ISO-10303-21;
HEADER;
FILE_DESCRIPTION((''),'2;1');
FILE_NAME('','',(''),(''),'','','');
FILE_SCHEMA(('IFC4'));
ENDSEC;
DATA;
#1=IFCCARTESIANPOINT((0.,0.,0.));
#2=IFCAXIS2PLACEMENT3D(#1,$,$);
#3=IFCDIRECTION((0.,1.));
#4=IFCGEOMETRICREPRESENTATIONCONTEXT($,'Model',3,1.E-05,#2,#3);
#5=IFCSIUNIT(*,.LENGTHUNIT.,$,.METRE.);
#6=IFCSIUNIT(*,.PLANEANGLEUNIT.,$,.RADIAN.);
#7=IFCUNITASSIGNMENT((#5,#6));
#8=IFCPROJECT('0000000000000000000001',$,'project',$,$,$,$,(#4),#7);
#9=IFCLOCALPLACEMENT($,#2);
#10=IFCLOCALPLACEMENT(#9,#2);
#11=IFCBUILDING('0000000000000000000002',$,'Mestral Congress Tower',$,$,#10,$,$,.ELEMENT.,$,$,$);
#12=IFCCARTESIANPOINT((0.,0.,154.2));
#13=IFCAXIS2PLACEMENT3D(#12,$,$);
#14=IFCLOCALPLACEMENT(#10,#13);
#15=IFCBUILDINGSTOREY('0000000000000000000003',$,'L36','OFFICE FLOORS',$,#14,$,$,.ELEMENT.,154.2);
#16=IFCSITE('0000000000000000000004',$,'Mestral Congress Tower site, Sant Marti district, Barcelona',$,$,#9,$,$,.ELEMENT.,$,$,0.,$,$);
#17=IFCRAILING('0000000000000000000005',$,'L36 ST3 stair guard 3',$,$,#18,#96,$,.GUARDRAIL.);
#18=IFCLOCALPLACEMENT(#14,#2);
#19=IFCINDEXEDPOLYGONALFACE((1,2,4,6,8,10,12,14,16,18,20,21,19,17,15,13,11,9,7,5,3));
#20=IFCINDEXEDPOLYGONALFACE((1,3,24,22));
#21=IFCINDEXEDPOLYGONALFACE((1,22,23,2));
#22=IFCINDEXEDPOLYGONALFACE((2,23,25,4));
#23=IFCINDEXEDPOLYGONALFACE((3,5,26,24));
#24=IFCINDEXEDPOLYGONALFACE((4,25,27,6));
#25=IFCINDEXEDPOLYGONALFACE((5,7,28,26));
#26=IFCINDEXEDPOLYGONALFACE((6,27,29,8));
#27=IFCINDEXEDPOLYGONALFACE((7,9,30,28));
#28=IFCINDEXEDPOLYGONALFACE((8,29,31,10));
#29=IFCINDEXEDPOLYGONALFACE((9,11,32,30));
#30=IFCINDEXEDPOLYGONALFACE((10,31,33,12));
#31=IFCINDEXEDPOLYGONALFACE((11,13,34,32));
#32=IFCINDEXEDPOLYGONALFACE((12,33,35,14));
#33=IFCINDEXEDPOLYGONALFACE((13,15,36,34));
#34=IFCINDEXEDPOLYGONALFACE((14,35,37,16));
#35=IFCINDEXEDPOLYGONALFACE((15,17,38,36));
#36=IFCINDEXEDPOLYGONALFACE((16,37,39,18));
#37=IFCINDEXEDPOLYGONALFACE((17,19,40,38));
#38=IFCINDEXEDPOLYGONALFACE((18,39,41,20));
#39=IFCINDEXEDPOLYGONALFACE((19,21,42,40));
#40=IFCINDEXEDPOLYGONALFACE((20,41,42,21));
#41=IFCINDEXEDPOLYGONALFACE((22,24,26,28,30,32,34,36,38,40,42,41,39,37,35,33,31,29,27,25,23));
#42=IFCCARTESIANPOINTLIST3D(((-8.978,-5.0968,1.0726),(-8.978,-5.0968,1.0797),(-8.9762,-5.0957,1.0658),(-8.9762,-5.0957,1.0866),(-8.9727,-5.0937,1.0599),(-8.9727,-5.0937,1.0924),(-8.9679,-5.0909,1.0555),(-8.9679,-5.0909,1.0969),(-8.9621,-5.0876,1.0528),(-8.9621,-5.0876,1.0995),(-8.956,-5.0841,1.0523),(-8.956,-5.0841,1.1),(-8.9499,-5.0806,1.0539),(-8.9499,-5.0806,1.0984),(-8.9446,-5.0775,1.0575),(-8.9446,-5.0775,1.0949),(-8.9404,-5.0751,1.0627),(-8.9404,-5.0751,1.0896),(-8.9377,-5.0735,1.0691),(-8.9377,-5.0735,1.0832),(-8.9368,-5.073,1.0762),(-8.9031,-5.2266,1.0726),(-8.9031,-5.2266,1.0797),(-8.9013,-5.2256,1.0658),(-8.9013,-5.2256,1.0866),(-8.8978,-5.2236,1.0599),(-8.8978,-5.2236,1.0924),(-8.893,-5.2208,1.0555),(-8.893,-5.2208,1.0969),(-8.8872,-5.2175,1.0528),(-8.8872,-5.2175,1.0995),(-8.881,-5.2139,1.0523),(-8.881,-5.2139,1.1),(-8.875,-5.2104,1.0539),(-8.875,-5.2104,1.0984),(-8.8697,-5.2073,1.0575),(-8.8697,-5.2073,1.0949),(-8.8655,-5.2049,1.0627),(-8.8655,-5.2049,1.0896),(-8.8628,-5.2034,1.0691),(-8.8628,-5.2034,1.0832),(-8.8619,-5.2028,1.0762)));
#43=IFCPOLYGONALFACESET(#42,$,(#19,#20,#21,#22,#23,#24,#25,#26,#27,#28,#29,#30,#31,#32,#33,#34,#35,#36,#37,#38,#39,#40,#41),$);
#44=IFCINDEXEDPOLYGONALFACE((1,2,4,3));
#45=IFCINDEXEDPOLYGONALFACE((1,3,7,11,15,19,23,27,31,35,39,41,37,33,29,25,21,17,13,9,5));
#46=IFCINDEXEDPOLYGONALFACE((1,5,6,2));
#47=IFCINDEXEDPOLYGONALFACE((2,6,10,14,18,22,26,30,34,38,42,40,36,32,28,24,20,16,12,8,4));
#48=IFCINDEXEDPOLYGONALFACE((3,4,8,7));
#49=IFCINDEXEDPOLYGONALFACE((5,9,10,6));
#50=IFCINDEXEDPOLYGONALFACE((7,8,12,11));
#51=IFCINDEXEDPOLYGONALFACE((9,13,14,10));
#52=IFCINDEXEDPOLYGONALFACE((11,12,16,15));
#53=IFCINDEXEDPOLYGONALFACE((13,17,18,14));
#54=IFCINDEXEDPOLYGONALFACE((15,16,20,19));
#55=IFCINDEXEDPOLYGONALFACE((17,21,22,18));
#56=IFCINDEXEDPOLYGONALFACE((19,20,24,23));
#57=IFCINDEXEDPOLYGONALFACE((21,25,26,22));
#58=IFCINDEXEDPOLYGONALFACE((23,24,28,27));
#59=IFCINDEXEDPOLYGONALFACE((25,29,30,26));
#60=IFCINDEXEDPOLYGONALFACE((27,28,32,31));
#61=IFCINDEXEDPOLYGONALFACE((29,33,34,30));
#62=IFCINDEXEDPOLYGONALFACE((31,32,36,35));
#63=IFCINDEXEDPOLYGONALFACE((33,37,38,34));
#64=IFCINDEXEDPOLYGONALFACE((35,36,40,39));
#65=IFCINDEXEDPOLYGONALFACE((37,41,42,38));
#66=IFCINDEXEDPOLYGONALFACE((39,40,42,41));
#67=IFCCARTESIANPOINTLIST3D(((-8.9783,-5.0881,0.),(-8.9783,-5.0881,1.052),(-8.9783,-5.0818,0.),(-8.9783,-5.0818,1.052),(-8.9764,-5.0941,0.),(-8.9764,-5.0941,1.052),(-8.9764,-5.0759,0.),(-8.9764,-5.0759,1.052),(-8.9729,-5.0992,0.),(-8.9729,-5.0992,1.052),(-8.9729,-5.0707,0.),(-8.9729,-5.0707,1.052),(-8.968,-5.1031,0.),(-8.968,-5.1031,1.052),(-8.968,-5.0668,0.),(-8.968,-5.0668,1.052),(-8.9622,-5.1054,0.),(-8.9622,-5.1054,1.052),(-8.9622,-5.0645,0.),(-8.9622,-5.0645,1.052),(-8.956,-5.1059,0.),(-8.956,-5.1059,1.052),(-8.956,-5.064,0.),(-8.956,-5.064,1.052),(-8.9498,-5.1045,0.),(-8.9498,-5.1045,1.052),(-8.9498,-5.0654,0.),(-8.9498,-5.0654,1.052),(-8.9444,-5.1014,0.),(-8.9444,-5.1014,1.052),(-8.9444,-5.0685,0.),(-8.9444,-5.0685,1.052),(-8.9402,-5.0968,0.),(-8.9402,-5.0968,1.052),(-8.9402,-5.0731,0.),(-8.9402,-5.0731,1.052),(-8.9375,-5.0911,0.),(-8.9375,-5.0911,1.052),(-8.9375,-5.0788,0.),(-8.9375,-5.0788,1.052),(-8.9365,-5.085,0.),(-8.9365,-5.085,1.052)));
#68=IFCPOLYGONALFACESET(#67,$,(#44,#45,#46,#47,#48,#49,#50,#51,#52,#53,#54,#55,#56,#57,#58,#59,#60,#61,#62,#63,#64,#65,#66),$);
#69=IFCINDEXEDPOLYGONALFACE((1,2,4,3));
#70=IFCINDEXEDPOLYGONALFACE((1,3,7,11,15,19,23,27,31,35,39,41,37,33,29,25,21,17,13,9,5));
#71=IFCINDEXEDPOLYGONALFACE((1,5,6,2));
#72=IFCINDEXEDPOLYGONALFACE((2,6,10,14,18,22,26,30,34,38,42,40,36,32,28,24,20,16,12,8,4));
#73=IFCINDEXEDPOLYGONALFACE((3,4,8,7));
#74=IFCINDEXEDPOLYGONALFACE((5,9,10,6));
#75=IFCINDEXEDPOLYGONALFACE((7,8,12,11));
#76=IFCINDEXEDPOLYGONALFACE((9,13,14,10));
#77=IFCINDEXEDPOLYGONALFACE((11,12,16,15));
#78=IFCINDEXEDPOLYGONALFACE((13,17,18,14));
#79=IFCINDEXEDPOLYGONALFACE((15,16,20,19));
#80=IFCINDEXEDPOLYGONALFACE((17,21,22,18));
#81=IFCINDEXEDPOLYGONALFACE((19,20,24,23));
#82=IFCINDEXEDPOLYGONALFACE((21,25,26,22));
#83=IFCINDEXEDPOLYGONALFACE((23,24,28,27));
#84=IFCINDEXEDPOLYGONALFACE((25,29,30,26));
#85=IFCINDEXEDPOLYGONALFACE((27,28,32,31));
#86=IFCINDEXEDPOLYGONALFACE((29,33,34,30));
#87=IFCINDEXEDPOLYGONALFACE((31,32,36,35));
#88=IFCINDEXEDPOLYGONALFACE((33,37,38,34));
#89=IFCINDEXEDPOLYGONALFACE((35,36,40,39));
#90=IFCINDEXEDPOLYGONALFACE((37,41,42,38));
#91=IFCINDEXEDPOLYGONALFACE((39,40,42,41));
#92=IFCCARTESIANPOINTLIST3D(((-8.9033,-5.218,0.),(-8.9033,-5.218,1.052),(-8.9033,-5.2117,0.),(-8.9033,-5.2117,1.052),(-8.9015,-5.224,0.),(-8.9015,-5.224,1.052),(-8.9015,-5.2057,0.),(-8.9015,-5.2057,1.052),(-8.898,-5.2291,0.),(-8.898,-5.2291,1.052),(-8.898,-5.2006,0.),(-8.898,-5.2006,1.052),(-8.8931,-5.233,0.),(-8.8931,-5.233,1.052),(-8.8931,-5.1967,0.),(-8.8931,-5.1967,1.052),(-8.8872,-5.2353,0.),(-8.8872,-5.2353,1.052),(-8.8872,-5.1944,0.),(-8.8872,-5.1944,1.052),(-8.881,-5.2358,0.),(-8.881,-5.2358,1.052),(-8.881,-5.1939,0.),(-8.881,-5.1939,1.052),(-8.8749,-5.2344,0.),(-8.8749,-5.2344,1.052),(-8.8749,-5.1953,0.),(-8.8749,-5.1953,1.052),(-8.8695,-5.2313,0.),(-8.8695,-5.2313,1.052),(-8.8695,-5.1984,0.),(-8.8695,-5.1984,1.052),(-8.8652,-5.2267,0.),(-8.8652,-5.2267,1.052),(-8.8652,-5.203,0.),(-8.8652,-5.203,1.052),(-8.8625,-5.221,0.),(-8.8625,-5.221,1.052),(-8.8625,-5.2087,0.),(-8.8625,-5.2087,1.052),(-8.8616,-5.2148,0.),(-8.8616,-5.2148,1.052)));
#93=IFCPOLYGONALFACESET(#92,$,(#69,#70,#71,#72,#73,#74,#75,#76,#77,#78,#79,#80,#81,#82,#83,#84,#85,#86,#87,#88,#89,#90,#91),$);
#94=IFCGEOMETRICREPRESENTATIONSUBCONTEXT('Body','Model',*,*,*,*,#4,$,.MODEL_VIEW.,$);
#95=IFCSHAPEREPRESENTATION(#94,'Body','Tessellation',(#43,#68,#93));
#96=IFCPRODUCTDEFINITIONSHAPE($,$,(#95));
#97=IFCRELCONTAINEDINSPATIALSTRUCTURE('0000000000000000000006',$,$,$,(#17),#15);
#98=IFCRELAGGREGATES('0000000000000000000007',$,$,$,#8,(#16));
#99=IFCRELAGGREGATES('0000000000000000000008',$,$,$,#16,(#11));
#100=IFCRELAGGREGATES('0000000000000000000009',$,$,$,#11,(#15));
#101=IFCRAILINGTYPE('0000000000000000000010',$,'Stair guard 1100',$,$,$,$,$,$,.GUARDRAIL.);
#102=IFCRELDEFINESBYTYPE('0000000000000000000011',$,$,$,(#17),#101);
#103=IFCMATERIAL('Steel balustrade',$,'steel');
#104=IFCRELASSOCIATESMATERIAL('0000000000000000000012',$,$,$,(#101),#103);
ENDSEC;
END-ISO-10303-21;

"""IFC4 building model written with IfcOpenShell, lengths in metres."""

from ifc_helpers import new_model, si_unit, direction, frame, origin, origin_2d, place, context, subcontext, project, spatial, circle, extrude, material, type_object, element, save


model = new_model("IFC4")

# Units and contexts
model_context = context("Model", 3, precision=1e-05, world=origin(), true_north=direction((0.0, 1.0)))
body_context = subcontext(model_context, "Body", "Model", "MODEL_VIEW")
ifc_project = project(units=[si_unit("LENGTHUNIT", "METRE"), si_unit("PLANEANGLEUNIT", "RADIAN")], contexts=[model_context])

# Site, building, storey
site_placement = place(None, origin())
site = spatial("IfcSite", under=ifc_project, at=site_placement, Name="Mestral Congress Tower site, Sant Marti district, Barcelona", CompositionType="ELEMENT", RefElevation=0.0)
building_placement = place(site_placement, origin())
building = spatial("IfcBuilding", under=site, at=building_placement, Name="Mestral Congress Tower", CompositionType="ELEMENT")
storey_placement = place(building_placement, frame((0.0, 0.0, 154.2)))
storey = spatial("IfcBuildingStorey", under=building, at=storey_placement, Name="L36", Description="OFFICE FLOORS", CompositionType="ELEMENT", Elevation=154.2)

# Railing
ifc_material_1 = material(Name="Steel balustrade", Category="steel")
railing_type_1 = type_object("IfcRailingType", Name="Stair guard 1100", PredefinedType="GUARDRAIL", material=ifc_material_1)
railing_1_placement = place(storey_placement, frame((-8.9575, -5.085, 0.0)))
element("IfcRailing", 1, at=railing_1_placement, inside=storey, type_object=railing_type_1, Name="L36 ST3 stair guard 3", PredefinedType="GUARDRAIL", context=body_context, shape_type="SweptSolid", body=[
    extrude(circle(Radius=0.0239, at=origin_2d()), frame((0.0, 0.0, 1.0762), z_axis=(0.499816, -0.866131, 0.0), x_axis=(0.866131, 0.499816, 0.0)), (0.0, 0.0, 1.0), 0.1499),
    extrude(circle(Radius=0.021, at=origin_2d()), origin(), (0.0, 0.0, 1.0), 1.052),
    extrude(circle(Radius=0.021, at=origin_2d()), frame((0.075, -0.1299, 0.0)), (0.0, 0.0, 1.0), 1.052),
])

save(model, "model.ifc")
